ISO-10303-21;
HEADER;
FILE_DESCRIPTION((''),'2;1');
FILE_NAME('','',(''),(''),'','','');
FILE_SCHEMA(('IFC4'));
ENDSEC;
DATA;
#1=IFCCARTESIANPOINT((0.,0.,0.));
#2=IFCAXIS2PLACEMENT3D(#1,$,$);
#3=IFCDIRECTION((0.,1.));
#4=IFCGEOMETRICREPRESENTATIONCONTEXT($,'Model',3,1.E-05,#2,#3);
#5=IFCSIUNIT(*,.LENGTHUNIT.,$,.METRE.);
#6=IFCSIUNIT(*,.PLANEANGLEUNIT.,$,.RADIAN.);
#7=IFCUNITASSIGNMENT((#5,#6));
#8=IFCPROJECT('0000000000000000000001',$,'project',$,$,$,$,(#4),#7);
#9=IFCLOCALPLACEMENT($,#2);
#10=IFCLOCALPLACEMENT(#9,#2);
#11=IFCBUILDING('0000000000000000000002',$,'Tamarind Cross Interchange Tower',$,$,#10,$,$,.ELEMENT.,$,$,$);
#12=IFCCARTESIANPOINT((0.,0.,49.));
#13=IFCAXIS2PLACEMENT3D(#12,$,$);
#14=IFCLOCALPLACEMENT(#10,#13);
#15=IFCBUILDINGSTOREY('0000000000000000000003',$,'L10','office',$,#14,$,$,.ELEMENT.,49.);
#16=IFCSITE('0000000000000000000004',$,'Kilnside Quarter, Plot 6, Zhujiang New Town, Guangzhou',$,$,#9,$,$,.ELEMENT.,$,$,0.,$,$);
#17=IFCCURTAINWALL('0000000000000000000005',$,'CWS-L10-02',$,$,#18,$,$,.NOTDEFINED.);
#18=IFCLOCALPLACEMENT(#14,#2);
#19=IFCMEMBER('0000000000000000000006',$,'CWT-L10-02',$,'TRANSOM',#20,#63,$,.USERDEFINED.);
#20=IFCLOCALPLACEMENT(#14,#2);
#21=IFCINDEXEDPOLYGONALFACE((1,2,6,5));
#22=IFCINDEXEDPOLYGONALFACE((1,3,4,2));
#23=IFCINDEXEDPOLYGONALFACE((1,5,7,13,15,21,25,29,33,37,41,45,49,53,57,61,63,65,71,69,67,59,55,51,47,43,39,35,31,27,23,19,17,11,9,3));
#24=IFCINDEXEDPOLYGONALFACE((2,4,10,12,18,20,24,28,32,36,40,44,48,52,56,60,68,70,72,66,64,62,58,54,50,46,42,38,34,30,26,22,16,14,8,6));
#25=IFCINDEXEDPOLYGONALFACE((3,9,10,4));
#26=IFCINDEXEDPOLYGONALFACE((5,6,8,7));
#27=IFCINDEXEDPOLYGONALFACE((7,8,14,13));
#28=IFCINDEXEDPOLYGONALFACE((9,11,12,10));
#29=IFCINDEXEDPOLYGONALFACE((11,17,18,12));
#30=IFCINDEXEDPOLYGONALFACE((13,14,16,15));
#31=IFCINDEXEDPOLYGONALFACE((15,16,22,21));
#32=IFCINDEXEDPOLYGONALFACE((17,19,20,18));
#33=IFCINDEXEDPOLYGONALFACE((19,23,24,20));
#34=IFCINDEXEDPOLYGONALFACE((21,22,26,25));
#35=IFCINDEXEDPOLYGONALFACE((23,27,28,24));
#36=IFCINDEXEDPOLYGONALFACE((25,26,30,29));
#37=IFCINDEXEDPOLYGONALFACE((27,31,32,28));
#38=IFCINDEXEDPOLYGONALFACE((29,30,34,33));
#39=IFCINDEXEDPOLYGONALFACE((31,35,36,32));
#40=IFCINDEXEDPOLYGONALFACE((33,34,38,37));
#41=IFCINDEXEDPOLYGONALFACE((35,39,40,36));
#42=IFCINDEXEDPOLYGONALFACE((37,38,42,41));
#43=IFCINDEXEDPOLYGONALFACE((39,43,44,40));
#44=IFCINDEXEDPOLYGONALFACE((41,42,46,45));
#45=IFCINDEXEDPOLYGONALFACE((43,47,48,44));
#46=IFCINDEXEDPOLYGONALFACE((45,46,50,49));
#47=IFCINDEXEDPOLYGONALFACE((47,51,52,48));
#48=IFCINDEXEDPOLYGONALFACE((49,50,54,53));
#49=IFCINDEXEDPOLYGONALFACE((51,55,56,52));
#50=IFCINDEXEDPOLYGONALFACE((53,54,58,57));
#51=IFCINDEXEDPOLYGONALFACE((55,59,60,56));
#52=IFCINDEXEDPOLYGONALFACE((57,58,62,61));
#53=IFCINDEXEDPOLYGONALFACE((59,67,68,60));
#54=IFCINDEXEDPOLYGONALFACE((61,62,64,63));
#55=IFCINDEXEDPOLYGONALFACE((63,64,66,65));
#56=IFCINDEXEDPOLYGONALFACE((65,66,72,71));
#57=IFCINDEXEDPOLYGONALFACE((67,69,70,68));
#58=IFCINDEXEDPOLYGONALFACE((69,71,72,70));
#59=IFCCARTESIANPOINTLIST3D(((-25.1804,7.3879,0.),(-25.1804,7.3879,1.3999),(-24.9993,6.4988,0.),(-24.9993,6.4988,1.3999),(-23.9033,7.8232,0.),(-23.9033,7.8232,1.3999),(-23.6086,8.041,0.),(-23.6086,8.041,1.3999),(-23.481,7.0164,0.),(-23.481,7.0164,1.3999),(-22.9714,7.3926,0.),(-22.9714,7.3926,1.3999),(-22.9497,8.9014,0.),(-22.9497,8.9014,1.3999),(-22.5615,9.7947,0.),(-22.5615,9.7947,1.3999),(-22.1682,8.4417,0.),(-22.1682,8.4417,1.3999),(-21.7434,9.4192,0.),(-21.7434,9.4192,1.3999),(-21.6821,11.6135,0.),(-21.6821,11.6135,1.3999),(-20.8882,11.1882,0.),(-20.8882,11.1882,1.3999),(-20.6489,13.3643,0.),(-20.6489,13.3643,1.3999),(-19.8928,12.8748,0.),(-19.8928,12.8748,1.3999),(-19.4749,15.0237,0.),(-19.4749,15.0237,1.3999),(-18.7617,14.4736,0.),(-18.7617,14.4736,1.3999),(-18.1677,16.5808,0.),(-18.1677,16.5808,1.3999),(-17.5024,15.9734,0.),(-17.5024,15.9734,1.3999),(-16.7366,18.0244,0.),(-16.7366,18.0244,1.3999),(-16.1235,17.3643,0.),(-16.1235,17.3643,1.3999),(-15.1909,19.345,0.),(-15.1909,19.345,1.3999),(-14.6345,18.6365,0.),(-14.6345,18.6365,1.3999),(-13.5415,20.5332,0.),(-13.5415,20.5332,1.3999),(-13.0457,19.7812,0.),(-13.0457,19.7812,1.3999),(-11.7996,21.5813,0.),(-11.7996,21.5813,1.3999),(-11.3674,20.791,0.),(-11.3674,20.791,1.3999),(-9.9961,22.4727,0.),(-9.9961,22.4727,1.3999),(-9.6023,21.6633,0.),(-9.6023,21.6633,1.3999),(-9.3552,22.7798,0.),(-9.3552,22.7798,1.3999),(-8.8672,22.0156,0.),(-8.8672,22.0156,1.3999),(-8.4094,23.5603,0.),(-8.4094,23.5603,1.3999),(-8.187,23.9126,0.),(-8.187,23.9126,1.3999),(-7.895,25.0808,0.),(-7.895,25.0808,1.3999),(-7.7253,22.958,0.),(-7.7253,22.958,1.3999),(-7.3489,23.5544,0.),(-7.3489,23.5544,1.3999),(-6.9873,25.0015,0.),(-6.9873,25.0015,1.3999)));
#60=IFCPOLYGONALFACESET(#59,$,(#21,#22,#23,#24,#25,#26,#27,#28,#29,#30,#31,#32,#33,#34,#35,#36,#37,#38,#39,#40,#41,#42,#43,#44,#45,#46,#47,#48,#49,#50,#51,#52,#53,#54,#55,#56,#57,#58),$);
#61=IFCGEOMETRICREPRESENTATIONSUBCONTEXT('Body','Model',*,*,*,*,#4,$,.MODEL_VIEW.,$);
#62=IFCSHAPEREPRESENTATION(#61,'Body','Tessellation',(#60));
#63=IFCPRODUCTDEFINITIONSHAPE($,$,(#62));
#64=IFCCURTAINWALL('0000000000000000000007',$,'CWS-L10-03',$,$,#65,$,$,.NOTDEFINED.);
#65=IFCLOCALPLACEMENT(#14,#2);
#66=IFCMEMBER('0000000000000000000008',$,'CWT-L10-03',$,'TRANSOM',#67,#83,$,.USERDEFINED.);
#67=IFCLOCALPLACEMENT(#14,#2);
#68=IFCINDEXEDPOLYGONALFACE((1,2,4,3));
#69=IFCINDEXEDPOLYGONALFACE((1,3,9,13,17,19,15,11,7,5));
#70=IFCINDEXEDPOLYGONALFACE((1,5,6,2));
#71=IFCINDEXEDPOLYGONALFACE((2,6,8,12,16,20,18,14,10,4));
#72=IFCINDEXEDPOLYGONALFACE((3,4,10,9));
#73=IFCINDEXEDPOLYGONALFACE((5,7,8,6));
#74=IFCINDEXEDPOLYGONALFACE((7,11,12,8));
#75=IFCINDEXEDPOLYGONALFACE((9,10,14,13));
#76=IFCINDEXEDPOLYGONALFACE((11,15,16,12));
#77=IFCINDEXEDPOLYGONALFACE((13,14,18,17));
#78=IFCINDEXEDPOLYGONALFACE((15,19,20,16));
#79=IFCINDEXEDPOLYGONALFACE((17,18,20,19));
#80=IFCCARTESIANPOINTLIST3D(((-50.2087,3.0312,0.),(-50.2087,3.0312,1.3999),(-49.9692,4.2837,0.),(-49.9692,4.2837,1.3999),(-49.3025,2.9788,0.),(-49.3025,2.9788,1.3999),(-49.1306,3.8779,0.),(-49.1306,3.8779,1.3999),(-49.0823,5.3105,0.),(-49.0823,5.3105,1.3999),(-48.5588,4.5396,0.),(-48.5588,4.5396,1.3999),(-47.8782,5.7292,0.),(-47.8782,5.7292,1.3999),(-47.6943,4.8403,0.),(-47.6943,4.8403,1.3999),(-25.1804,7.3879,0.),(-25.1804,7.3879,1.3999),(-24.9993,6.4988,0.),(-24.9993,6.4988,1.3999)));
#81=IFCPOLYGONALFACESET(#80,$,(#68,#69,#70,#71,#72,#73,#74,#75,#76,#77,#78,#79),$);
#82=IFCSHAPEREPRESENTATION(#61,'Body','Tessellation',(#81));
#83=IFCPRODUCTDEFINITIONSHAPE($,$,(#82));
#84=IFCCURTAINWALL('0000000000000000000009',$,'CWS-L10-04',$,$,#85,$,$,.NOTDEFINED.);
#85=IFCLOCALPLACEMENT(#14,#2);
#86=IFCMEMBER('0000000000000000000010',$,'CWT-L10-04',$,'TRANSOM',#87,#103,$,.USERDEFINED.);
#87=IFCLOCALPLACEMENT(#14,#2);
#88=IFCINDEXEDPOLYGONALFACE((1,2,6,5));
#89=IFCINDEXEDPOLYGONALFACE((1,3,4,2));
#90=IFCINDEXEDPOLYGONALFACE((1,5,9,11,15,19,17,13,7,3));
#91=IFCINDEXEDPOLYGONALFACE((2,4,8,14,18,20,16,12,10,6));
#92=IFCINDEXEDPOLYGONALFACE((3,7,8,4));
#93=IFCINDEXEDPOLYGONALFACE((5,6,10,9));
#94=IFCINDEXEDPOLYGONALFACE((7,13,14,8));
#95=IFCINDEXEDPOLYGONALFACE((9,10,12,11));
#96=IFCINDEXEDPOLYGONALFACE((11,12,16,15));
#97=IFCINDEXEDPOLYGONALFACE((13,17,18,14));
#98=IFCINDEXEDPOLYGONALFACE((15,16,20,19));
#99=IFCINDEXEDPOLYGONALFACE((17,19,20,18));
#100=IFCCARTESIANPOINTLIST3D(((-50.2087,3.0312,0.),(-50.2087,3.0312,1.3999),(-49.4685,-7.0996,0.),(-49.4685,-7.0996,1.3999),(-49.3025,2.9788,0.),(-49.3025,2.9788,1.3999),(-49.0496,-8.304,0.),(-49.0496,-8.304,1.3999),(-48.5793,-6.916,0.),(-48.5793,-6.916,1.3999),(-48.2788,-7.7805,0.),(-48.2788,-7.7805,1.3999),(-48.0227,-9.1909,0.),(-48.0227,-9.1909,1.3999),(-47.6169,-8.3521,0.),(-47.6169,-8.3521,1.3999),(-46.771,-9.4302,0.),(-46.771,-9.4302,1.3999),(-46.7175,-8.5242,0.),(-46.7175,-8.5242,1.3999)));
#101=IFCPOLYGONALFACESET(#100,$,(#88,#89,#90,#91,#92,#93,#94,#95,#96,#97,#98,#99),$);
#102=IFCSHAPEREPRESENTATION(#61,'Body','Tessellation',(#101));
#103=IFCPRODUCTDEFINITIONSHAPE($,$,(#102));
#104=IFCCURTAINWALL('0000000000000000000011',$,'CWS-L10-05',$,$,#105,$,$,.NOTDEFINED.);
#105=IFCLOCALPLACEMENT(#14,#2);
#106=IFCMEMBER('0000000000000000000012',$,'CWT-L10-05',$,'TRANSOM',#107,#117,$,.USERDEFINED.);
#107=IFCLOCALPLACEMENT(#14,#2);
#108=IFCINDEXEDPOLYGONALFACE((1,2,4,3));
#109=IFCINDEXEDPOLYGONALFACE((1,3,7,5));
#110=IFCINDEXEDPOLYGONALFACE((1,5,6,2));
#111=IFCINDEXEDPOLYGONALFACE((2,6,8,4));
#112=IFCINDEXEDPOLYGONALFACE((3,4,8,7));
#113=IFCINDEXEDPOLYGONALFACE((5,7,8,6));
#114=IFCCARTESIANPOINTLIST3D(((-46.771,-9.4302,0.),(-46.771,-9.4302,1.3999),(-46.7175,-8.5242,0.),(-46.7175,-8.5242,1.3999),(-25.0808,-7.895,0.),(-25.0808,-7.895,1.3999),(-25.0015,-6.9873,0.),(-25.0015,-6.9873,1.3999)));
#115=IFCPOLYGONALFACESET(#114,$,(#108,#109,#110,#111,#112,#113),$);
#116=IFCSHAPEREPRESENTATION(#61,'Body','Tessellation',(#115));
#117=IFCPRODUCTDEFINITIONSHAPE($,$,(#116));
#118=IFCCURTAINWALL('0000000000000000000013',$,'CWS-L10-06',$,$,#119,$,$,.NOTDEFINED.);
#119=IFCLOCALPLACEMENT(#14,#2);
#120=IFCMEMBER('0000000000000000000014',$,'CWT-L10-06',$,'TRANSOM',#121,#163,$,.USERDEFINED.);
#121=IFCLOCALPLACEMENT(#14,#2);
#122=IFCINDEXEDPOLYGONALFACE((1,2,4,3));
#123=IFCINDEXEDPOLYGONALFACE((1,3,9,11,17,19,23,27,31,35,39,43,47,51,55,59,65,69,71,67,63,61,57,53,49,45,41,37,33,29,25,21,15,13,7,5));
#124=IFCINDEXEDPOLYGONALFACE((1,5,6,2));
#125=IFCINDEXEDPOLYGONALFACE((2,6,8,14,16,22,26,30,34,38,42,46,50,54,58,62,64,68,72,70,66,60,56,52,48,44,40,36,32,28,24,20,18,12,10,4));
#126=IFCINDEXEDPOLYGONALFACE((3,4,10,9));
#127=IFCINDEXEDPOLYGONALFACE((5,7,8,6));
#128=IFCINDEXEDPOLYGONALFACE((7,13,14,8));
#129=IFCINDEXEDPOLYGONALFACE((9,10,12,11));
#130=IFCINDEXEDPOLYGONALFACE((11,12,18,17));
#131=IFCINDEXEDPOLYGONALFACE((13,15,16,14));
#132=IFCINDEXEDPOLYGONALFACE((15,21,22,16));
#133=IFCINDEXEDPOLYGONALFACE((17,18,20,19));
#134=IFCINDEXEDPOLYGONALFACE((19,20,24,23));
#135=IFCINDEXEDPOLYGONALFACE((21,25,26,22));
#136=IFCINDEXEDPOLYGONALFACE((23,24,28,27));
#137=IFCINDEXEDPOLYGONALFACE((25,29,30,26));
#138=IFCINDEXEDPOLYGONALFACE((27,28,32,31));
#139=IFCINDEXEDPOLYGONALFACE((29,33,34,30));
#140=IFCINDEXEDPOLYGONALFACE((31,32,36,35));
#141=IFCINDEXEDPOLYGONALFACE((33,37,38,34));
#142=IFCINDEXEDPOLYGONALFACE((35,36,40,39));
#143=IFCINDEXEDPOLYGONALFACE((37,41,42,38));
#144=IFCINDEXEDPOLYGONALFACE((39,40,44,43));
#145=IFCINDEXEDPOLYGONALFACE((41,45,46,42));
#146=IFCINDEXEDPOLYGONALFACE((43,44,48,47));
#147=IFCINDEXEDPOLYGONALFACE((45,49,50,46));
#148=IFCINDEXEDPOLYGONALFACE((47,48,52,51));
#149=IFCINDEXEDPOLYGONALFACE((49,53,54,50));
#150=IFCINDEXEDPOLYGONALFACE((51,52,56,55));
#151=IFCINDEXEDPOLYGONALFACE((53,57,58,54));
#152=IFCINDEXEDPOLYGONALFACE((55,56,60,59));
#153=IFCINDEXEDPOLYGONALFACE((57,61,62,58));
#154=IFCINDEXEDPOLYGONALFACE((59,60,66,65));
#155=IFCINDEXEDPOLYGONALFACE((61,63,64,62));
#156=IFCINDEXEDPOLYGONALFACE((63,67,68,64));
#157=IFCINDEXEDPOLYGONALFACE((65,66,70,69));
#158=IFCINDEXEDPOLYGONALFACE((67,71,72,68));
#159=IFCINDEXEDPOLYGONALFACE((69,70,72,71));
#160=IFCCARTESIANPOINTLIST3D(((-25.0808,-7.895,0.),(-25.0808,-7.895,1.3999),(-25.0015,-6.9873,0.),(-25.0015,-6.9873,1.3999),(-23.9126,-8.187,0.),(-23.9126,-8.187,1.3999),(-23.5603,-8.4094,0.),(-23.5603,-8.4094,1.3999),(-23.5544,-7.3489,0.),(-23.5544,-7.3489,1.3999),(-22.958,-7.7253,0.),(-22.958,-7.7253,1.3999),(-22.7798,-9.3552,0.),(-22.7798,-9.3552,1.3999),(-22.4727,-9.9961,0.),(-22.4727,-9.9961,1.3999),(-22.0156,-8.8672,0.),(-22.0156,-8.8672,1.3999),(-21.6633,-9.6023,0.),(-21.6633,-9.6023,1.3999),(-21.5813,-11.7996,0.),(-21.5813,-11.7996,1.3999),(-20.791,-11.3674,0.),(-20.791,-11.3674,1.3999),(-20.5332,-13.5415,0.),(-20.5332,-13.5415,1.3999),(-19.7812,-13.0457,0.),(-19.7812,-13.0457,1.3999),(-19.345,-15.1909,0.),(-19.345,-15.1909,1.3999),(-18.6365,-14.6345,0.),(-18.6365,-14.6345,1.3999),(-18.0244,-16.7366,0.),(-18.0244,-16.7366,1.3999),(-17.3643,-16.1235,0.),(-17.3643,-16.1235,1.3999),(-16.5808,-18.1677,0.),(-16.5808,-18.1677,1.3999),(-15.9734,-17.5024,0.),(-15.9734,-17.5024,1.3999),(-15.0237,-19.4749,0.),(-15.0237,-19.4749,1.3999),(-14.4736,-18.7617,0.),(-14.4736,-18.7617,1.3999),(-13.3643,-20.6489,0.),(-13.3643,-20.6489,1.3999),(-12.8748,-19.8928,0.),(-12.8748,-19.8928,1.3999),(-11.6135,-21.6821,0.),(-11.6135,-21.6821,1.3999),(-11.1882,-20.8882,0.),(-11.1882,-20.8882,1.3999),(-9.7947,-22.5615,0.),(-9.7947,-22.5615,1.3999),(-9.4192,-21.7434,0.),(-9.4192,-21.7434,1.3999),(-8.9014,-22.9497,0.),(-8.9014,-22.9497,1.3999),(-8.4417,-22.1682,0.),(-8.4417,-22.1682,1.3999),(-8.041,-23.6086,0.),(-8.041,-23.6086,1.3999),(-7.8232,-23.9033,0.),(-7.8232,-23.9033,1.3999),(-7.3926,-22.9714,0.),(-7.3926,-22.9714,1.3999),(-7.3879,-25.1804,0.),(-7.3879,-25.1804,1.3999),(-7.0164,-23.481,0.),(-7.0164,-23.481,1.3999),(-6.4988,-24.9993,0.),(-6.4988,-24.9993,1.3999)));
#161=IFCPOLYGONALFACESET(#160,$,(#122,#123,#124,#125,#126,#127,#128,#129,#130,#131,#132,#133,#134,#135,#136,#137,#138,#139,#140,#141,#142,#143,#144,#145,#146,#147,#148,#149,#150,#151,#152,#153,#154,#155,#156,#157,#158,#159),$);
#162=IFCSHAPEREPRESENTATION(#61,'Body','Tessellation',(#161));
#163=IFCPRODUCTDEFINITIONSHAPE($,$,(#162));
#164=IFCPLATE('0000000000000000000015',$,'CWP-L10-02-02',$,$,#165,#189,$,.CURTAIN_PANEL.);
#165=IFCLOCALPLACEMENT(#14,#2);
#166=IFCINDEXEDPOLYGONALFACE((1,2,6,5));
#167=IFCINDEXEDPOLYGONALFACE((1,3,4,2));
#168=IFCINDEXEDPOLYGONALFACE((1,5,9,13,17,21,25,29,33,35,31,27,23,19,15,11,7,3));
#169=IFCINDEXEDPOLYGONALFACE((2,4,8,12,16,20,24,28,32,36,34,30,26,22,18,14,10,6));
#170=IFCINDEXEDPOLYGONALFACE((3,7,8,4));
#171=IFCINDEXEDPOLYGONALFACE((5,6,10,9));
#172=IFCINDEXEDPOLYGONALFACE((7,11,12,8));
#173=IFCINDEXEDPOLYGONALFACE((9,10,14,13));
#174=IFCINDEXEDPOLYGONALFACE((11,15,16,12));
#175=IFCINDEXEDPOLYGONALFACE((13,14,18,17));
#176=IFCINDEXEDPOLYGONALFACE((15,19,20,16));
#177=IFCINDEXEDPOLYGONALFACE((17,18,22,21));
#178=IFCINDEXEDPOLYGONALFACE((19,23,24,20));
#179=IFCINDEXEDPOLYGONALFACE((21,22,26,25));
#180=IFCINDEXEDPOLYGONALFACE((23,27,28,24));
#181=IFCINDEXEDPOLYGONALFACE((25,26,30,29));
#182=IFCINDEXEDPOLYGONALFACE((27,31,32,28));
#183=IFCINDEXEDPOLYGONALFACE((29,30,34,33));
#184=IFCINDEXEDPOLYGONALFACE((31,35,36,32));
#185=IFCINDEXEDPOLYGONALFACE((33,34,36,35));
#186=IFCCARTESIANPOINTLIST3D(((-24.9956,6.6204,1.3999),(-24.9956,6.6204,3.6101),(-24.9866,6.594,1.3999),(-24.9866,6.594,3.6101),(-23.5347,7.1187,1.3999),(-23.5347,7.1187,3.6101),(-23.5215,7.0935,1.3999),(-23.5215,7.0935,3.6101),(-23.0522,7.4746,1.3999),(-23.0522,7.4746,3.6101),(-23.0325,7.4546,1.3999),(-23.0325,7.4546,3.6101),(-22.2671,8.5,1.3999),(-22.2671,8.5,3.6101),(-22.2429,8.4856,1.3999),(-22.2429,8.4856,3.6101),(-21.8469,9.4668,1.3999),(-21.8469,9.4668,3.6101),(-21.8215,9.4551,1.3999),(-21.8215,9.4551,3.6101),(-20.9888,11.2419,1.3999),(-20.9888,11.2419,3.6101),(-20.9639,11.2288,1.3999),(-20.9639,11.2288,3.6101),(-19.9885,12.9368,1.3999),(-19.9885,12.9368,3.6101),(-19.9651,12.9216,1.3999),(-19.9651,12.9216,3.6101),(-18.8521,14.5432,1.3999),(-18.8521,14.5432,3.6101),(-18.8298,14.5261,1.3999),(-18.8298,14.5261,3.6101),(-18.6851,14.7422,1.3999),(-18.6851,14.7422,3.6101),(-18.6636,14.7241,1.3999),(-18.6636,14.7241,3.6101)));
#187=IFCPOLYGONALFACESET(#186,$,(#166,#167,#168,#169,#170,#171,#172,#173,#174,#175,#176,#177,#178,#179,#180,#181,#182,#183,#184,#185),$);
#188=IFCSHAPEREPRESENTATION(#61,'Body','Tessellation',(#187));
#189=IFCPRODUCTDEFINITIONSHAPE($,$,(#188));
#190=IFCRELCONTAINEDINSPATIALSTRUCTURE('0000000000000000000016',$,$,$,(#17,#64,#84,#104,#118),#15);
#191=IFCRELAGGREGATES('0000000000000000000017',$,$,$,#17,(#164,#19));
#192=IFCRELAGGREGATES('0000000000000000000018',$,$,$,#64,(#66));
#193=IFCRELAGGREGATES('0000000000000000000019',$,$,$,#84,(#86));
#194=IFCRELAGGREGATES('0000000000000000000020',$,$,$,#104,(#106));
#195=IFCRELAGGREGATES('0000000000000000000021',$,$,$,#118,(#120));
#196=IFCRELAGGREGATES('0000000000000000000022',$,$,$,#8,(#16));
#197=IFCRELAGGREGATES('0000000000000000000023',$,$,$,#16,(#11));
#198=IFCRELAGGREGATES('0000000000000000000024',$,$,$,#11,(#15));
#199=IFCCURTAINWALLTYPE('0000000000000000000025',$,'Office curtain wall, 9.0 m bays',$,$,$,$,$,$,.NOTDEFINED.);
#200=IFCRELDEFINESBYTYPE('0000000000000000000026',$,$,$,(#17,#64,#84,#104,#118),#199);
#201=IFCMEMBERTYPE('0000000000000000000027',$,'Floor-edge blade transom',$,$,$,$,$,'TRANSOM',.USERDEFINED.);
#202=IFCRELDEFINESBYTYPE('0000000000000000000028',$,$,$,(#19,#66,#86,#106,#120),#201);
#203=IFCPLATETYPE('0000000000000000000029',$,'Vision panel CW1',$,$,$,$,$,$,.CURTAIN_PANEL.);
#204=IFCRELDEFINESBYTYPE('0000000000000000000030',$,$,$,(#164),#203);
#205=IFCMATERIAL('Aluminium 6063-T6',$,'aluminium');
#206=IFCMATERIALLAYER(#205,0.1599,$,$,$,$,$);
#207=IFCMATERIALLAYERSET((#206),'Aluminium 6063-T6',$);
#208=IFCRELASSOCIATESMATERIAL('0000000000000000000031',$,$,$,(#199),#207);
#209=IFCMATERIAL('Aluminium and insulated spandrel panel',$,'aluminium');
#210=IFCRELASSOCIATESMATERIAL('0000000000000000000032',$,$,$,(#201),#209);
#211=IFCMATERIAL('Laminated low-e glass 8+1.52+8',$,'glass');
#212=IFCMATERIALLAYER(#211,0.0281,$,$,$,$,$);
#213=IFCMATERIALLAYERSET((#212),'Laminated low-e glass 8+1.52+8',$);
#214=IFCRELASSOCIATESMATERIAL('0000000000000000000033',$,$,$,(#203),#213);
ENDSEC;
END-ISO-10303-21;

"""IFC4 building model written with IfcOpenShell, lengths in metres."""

from ifc_helpers import new_model, si_unit, direction, frame, origin, place, context, subcontext, project, spatial, polyline, outline, extrude, material, layer, layer_set, type_object, element, aggregate, save


model = new_model("IFC4")

# Units and contexts
model_context = context("Model", 3, precision=1e-05, world=origin(), true_north=direction((0.0, 1.0)))
body_context = subcontext(model_context, "Body", "Model", "MODEL_VIEW")
ifc_project = project(units=[si_unit("LENGTHUNIT", "METRE"), si_unit("PLANEANGLEUNIT", "RADIAN")], contexts=[model_context])

# Site, building, storey
site_placement = place(None, origin())
site = spatial("IfcSite", under=ifc_project, at=site_placement, Name="Kilnside Quarter, Plot 6, Zhujiang New Town, Guangzhou", CompositionType="ELEMENT", RefElevation=0.0)
building_placement = place(site_placement, origin())
building = spatial("IfcBuilding", under=site, at=building_placement, Name="Tamarind Cross Interchange Tower", CompositionType="ELEMENT")
storey_placement = place(building_placement, frame((0.0, 0.0, 49.0)))
storey = spatial("IfcBuildingStorey", under=building, at=storey_placement, Name="L10", Description="office", CompositionType="ELEMENT", Elevation=49.0)

# Curtain walls, members
ifc_material_1 = material(Name="Aluminium 6063-T6", Category="aluminium")
ifc_layer_1 = layer(ifc_material_1, 0.1599)
ifc_layer_set_1 = layer_set([ifc_layer_1], Name="Aluminium 6063-T6")
curtain_wall_type = type_object("IfcCurtainWallType", Name="Office curtain wall, 9.0 m bays", PredefinedType="NOTDEFINED", material=ifc_layer_set_1)
curtain_wall_1_placement = place(storey_placement, origin())
curtain_wall_1 = element("IfcCurtainWall", 1, at=curtain_wall_1_placement, inside=storey, type_object=curtain_wall_type, Name="CWS-L10-02", PredefinedType="NOTDEFINED")
ifc_material_2 = material(Name="Aluminium and insulated spandrel panel", Category="aluminium")
member_type = type_object("IfcMemberType", Name="Floor-edge blade transom", ElementType="TRANSOM", PredefinedType="USERDEFINED", material=ifc_material_2)
member_1_placement = place(storey_placement, origin())
member_1 = element("IfcMember", 2, at=member_1_placement, type_object=member_type, Name="CWT-L10-02", ObjectType="TRANSOM", PredefinedType="USERDEFINED", context=body_context, shape_type="SweptSolid", body=[
    extrude(outline(polyline([(-6.9873, 25.0015), (-7.3489, 23.5544), (-7.7253, 22.958), (-8.8672, 22.0156), (-9.6023, 21.6633), (-11.3674, 20.791), (-13.0457, 19.7812), (-14.6345, 18.6365), (-16.1235, 17.3643), (-17.5024, 15.9734), (-18.7617, 14.4736), (-19.8928, 12.8748), (-20.8882, 11.1882), (-21.7434, 9.4192), (-22.1682, 8.4417), (-22.9714, 7.3926), (-23.481, 7.0164), (-24.9993, 6.4988), (-25.1804, 7.3879), (-23.9033, 7.8232), (-23.6086, 8.041), (-22.9497, 8.9014), (-22.5615, 9.7947), (-21.6821, 11.6135), (-20.6489, 13.3643), (-19.4749, 15.0237), (-18.1677, 16.5808), (-16.7366, 18.0244), (-15.1909, 19.345), (-13.5415, 20.5332), (-11.7996, 21.5813), (-9.9961, 22.4727), (-9.3552, 22.7798), (-8.4094, 23.5603), (-8.187, 23.9126), (-7.895, 25.0808), (-6.9873, 25.0015)])), origin(), (0.0, 0.0, 1.0), 1.3999),
])
curtain_wall_2_placement = place(storey_placement, origin())
curtain_wall_2 = element("IfcCurtainWall", 3, at=curtain_wall_2_placement, inside=storey, type_object=curtain_wall_type, Name="CWS-L10-03", PredefinedType="NOTDEFINED")
member_2_placement = place(storey_placement, origin())
member_2 = element("IfcMember", 4, at=member_2_placement, type_object=member_type, Name="CWT-L10-03", ObjectType="TRANSOM", PredefinedType="USERDEFINED", context=body_context, shape_type="SweptSolid", body=[
    extrude(outline(polyline([(-24.9993, 6.4988), (-47.6943, 4.8403), (-48.5588, 4.5396), (-49.1306, 3.8779), (-49.3025, 2.9788), (-50.2087, 3.0312), (-49.9692, 4.2837), (-49.0823, 5.3105), (-47.8782, 5.7292), (-25.1804, 7.3879), (-24.9993, 6.4988)])), origin(), (0.0, 0.0, 1.0), 1.3999),
])
curtain_wall_3_placement = place(storey_placement, origin())
curtain_wall_3 = element("IfcCurtainWall", 5, at=curtain_wall_3_placement, inside=storey, type_object=curtain_wall_type, Name="CWS-L10-04", PredefinedType="NOTDEFINED")
member_3_placement = place(storey_placement, origin())
member_3 = element("IfcMember", 6, at=member_3_placement, type_object=member_type, Name="CWT-L10-04", ObjectType="TRANSOM", PredefinedType="USERDEFINED", context=body_context, shape_type="SweptSolid", body=[
    extrude(outline(polyline([(-49.3025, 2.9788), (-48.5793, -6.916), (-48.2788, -7.7805), (-47.6169, -8.3521), (-46.7175, -8.5242), (-46.771, -9.4302), (-48.0227, -9.1909), (-49.0496, -8.304), (-49.4685, -7.0996), (-50.2087, 3.0312), (-49.3025, 2.9788)])), origin(), (0.0, 0.0, 1.0), 1.3999),
])
curtain_wall_4_placement = place(storey_placement, origin())
curtain_wall_4 = element("IfcCurtainWall", 7, at=curtain_wall_4_placement, inside=storey, type_object=curtain_wall_type, Name="CWS-L10-05", PredefinedType="NOTDEFINED")
member_4_placement = place(storey_placement, origin())
member_4 = element("IfcMember", 8, at=member_4_placement, type_object=member_type, Name="CWT-L10-05", ObjectType="TRANSOM", PredefinedType="USERDEFINED", context=body_context, shape_type="SweptSolid", body=[
    extrude(outline(polyline([(-46.7175, -8.5242), (-25.0015, -6.9873), (-25.0808, -7.895), (-46.771, -9.4302), (-46.7175, -8.5242)])), origin(), (0.0, 0.0, 1.0), 1.3999),
])
curtain_wall_5_placement = place(storey_placement, origin())
curtain_wall_5 = element("IfcCurtainWall", 9, at=curtain_wall_5_placement, inside=storey, type_object=curtain_wall_type, Name="CWS-L10-06", PredefinedType="NOTDEFINED")
member_5_placement = place(storey_placement, origin())
member_5 = element("IfcMember", 10, at=member_5_placement, type_object=member_type, Name="CWT-L10-06", ObjectType="TRANSOM", PredefinedType="USERDEFINED", context=body_context, shape_type="SweptSolid", body=[
    extrude(outline(polyline([(-25.0015, -6.9873), (-23.5544, -7.3489), (-22.958, -7.7253), (-22.0156, -8.8672), (-21.6633, -9.6023), (-20.791, -11.3674), (-19.7812, -13.0457), (-18.6365, -14.6345), (-17.3643, -16.1235), (-15.9734, -17.5024), (-14.4736, -18.7617), (-12.8748, -19.8928), (-11.1882, -20.8882), (-9.4192, -21.7434), (-8.4417, -22.1682), (-7.3926, -22.9714), (-7.0164, -23.481), (-6.4988, -24.9993), (-7.3879, -25.1804), (-7.8232, -23.9033), (-8.041, -23.6086), (-8.9014, -22.9497), (-9.7947, -22.5615), (-11.6135, -21.6821), (-13.3643, -20.6489), (-15.0237, -19.4749), (-16.5808, -18.1677), (-18.0244, -16.7366), (-19.345, -15.1909), (-20.5332, -13.5415), (-21.5813, -11.7996), (-22.4727, -9.9961), (-22.7798, -9.3552), (-23.5603, -8.4094), (-23.9126, -8.187), (-25.0808, -7.895), (-25.0015, -6.9873)])), origin(), (0.0, 0.0, 1.0), 1.3999),
])

# Plate
ifc_material_3 = material(Name="Laminated low-e glass 8+1.52+8", Category="glass")
ifc_layer_2 = layer(ifc_material_3, 0.0281)
ifc_layer_set_2 = layer_set([ifc_layer_2], Name="Laminated low-e glass 8+1.52+8")
plate_type = type_object("IfcPlateType", Name="Vision panel CW1", PredefinedType="CURTAIN_PANEL", material=ifc_layer_set_2)
plate_1_placement = place(storey_placement, frame((0.0, 0.0, 1.3999)))
plate_1 = element("IfcPlate", 11, at=plate_1_placement, type_object=plate_type, Name="CWP-L10-02-02", PredefinedType="CURTAIN_PANEL", context=body_context, shape_type="SweptSolid", body=[
    extrude(outline(polyline([(-18.6636, 14.7241), (-18.8298, 14.5261), (-19.9651, 12.9216), (-20.9639, 11.2288), (-21.8215, 9.4551), (-22.2429, 8.4856), (-23.0325, 7.4546), (-23.5215, 7.0935), (-24.9866, 6.594), (-24.9956, 6.6204), (-23.5347, 7.1187), (-23.0522, 7.4746), (-22.2671, 8.5), (-21.8469, 9.4668), (-20.9888, 11.2419), (-19.9885, 12.9368), (-18.8521, 14.5432), (-18.6851, 14.7422), (-18.6636, 14.7241)])), origin(), (0.0, 0.0, 1.0), 2.2102),
])
aggregate(curtain_wall_1, [plate_1, member_1])
aggregate(curtain_wall_2, [member_2])
aggregate(curtain_wall_3, [member_3])
aggregate(curtain_wall_4, [member_4])
aggregate(curtain_wall_5, [member_5])

save(model, "model.ifc")
